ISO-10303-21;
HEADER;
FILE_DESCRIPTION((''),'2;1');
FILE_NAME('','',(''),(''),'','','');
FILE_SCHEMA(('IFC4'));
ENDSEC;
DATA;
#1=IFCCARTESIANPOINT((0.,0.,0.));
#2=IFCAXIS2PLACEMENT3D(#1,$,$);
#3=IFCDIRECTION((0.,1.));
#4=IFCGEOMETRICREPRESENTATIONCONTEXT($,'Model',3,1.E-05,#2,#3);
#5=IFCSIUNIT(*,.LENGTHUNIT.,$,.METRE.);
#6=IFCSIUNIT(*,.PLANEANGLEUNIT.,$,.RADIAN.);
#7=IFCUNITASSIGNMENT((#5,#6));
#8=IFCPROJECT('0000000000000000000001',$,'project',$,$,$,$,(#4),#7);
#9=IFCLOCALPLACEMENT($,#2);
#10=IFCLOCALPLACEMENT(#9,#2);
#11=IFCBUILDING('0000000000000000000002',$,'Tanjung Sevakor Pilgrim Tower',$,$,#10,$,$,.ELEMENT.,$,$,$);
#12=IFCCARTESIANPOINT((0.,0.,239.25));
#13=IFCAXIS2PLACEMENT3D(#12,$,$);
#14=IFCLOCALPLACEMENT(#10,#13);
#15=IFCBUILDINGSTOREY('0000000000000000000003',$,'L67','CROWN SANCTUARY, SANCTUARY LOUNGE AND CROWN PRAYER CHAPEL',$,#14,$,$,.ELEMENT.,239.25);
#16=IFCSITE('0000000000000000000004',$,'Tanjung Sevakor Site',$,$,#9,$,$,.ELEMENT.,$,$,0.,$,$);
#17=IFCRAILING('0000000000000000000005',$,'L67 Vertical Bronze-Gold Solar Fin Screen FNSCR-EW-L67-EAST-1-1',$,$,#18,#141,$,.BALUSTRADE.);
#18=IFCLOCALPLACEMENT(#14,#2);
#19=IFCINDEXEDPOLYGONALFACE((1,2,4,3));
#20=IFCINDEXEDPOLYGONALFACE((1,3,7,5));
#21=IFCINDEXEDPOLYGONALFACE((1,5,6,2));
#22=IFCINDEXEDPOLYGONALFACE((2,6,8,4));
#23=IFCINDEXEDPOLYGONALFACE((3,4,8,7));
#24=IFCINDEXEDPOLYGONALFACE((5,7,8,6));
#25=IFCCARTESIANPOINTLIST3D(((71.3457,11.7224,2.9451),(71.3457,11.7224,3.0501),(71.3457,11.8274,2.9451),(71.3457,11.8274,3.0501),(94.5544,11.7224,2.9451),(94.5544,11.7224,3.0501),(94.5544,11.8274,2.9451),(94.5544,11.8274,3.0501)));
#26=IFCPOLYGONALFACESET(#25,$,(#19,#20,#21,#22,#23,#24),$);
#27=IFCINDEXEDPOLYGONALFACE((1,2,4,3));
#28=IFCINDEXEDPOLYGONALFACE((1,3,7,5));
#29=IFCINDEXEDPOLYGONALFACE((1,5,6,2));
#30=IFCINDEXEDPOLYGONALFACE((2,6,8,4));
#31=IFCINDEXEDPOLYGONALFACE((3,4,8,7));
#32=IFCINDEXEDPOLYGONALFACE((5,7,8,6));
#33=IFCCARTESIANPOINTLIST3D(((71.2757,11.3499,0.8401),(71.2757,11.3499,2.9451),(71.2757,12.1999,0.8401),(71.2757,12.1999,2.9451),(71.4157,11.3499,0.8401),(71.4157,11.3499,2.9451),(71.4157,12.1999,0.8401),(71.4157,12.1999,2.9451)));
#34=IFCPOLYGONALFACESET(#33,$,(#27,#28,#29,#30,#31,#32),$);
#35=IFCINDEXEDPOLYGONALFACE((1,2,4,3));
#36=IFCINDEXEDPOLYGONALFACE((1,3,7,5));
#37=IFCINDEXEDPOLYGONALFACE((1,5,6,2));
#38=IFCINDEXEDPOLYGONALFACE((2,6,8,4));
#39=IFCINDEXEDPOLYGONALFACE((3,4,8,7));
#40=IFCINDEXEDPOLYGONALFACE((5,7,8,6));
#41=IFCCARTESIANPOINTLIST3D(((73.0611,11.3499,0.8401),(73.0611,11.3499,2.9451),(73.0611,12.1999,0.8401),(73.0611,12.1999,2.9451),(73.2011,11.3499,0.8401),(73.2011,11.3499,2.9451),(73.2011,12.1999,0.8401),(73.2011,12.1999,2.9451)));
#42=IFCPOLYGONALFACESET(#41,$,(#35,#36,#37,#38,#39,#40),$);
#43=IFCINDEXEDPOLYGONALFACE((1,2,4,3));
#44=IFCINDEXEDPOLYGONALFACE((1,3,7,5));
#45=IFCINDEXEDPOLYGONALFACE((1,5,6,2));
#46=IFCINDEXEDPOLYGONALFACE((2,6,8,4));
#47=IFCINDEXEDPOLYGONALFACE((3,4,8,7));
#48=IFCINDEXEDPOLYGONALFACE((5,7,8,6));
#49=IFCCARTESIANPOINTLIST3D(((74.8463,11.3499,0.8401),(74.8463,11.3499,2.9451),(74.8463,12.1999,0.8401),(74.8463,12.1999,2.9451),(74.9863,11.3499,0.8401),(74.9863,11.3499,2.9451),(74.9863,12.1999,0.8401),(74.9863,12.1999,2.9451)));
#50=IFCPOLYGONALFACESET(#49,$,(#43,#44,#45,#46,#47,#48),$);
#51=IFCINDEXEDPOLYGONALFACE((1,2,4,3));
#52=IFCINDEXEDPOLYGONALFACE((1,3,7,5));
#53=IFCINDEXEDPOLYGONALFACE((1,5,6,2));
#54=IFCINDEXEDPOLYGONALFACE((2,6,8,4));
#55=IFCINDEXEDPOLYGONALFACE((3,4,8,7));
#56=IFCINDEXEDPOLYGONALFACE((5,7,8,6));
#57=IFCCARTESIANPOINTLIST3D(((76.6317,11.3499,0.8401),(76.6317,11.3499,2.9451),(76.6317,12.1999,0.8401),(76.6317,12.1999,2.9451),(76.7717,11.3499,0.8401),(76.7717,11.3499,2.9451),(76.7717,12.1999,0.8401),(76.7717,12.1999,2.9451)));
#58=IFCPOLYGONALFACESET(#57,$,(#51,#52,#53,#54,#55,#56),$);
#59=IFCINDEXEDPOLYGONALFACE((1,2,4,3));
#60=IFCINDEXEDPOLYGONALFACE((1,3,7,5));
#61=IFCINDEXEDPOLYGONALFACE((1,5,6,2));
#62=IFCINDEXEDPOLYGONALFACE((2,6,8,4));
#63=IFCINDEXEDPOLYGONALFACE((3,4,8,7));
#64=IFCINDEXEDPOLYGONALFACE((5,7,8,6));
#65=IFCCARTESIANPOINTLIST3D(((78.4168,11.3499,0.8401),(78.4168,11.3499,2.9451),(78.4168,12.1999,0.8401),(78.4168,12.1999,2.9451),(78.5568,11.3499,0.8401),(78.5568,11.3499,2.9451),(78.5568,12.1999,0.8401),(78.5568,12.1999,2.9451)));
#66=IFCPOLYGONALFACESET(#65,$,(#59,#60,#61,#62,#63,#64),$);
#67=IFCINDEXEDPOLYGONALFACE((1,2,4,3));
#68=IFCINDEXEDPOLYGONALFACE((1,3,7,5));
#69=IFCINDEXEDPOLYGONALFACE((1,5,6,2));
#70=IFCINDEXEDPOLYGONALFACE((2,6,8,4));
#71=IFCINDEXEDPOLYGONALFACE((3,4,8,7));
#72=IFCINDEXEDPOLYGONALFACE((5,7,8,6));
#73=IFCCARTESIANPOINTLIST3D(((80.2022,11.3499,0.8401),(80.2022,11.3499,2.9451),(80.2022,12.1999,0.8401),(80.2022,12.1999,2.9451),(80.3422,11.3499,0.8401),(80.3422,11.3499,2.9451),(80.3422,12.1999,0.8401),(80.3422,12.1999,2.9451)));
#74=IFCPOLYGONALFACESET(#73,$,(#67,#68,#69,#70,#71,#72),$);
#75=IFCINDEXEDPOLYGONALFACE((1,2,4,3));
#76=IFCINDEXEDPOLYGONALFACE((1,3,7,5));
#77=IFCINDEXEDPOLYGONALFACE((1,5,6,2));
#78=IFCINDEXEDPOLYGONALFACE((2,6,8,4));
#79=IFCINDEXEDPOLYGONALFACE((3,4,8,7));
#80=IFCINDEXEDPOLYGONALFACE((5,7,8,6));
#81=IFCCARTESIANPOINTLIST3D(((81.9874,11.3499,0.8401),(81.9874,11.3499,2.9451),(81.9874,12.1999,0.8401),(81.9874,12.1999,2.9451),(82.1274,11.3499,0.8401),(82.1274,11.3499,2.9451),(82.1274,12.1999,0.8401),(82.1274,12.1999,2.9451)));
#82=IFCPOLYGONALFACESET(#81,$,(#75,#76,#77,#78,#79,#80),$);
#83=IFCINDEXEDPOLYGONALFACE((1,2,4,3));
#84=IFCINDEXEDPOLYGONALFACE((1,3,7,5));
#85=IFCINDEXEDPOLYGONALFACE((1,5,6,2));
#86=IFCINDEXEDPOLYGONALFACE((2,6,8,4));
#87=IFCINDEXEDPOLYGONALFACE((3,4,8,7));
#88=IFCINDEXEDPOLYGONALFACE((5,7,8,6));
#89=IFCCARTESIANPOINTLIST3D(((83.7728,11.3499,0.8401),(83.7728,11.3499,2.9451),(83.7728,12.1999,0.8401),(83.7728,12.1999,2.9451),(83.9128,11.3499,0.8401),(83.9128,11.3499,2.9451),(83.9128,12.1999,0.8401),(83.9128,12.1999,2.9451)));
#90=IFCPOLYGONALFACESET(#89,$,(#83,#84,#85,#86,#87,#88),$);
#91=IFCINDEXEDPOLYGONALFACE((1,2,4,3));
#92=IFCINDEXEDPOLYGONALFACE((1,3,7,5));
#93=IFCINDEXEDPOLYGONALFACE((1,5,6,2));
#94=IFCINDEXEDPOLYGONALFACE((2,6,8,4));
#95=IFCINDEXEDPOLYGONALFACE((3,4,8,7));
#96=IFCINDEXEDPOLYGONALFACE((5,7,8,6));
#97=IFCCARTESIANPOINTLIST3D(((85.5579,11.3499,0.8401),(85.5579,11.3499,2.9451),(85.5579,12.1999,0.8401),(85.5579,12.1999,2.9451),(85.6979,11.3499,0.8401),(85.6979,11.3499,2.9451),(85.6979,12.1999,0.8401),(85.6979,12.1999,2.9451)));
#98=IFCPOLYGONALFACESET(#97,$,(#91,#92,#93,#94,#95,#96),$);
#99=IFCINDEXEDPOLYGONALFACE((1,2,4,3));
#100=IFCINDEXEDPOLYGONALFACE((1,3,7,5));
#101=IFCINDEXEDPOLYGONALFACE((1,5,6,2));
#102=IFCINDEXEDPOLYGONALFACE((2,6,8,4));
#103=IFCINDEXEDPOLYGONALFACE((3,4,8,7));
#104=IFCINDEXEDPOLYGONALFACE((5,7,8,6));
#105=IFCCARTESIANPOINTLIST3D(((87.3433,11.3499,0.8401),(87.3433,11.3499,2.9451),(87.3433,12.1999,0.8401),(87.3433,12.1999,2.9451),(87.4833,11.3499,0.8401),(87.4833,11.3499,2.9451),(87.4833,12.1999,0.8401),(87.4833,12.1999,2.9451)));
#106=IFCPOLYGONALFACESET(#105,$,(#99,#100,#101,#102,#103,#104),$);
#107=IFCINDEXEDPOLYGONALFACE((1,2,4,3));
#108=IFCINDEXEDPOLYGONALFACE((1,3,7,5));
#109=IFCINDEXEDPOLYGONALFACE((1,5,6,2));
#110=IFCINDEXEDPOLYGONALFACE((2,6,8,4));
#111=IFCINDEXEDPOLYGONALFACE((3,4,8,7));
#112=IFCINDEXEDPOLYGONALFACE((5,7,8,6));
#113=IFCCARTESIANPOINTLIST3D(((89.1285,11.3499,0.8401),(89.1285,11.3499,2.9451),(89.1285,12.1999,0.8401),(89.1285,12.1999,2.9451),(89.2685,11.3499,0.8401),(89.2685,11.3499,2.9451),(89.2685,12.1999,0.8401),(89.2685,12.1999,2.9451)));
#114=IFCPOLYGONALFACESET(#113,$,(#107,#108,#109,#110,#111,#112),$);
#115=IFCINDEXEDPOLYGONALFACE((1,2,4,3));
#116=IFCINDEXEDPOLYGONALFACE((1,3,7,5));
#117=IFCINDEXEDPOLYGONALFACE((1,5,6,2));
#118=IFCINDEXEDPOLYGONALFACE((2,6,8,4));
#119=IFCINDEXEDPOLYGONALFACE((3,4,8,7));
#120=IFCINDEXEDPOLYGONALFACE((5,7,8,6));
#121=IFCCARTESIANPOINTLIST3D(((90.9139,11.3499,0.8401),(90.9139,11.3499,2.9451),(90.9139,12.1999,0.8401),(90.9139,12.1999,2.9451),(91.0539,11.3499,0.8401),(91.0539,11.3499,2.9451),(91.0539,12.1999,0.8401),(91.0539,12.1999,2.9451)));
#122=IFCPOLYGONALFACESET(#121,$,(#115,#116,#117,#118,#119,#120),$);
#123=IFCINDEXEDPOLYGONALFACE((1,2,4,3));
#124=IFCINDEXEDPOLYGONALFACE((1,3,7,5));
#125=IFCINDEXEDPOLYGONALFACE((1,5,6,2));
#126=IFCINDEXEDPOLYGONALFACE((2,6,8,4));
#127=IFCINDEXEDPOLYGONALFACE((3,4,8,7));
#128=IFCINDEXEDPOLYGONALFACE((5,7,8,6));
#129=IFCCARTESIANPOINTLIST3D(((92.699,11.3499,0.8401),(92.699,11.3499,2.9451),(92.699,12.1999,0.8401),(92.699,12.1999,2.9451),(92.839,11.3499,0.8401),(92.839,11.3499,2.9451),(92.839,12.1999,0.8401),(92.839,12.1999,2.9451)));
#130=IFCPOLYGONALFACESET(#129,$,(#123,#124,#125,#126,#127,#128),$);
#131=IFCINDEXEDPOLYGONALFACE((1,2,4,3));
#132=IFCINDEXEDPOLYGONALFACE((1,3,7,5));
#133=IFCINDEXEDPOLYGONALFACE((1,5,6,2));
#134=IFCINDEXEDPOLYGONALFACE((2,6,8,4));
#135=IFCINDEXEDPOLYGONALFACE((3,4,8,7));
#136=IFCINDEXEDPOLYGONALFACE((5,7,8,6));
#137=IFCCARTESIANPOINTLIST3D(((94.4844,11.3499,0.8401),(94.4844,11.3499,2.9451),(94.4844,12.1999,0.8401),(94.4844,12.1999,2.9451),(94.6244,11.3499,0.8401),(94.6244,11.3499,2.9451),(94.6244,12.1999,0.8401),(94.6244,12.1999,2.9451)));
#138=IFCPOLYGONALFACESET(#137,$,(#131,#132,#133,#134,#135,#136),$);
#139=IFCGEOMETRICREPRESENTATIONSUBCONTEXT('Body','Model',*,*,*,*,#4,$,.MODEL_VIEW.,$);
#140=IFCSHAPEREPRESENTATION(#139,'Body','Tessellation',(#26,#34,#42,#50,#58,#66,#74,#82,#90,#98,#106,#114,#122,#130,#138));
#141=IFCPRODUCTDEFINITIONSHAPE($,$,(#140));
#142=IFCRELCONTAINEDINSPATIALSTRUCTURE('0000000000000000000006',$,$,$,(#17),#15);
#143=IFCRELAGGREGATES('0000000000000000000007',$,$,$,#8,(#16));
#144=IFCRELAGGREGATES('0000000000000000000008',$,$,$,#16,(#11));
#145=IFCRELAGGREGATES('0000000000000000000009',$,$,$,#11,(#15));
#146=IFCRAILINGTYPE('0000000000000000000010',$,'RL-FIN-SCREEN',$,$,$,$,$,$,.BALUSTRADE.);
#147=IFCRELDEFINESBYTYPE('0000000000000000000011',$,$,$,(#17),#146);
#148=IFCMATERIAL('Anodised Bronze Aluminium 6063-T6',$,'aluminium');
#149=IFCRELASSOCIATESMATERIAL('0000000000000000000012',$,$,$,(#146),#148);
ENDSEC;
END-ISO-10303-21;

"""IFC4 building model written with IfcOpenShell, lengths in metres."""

from ifc_helpers import new_model, si_unit, direction, frame, origin, place, context, subcontext, project, spatial, rectangle, extrude, material, type_object, element, save


model = new_model("IFC4")

# Units and contexts
model_context = context("Model", 3, precision=1e-05, world=origin(), true_north=direction((0.0, 1.0)))
body_context = subcontext(model_context, "Body", "Model", "MODEL_VIEW")
ifc_project = project(units=[si_unit("LENGTHUNIT", "METRE"), si_unit("PLANEANGLEUNIT", "RADIAN")], contexts=[model_context])

# Site, building, storey
site_placement = place(None, origin())
site = spatial("IfcSite", under=ifc_project, at=site_placement, Name="Tanjung Sevakor Site", CompositionType="ELEMENT", RefElevation=0.0)
building_placement = place(site_placement, origin())
building = spatial("IfcBuilding", under=site, at=building_placement, Name="Tanjung Sevakor Pilgrim Tower", CompositionType="ELEMENT")
storey_placement = place(building_placement, frame((0.0, 0.0, 239.25)))
storey = spatial("IfcBuildingStorey", under=building, at=storey_placement, Name="L67", Description="CROWN SANCTUARY, SANCTUARY LOUNGE AND CROWN PRAYER CHAPEL", CompositionType="ELEMENT", Elevation=239.25)

# Railing
ifc_material_1 = material(Name="Anodised Bronze Aluminium 6063-T6", Category="aluminium")
railing_type = type_object("IfcRailingType", Name="RL-FIN-SCREEN", PredefinedType="BALUSTRADE", material=ifc_material_1)
railing_placement = place(storey_placement, frame((71.3457, 11.7749, 0.8401)))
element("IfcRailing", 1, at=railing_placement, inside=storey, type_object=railing_type, Name="L67 Vertical Bronze-Gold Solar Fin Screen FNSCR-EW-L67-EAST-1-1", PredefinedType="BALUSTRADE", context=body_context, shape_type="SweptSolid", body=[
    extrude(rectangle(XDim=0.105, YDim=0.105), frame((0.0, 0.0, 2.1575), z_axis=(1.0, 0.0, 0.0), x_axis=(0.0, 1.0, 0.0)), (0.0, 0.0, 1.0), 23.2087),
    extrude(rectangle(XDim=0.14, YDim=0.85), origin(), (0.0, 0.0, 1.0), 2.105),
    extrude(rectangle(XDim=0.14, YDim=0.85), frame((1.7854, 0.0, 0.0)), (0.0, 0.0, 1.0), 2.105),
    extrude(rectangle(XDim=0.14, YDim=0.85), frame((3.5706, 0.0, 0.0)), (0.0, 0.0, 1.0), 2.105),
    extrude(rectangle(XDim=0.14, YDim=0.85), frame((5.356, 0.0, 0.0)), (0.0, 0.0, 1.0), 2.105),
    extrude(rectangle(XDim=0.14, YDim=0.85), frame((7.1411, 0.0, 0.0)), (0.0, 0.0, 1.0), 2.105),
    extrude(rectangle(XDim=0.14, YDim=0.85), frame((8.9265, 0.0, 0.0)), (0.0, 0.0, 1.0), 2.105),
    extrude(rectangle(XDim=0.14, YDim=0.85), frame((10.7117, 0.0, 0.0)), (0.0, 0.0, 1.0), 2.105),
    extrude(rectangle(XDim=0.14, YDim=0.85), frame((12.4971, 0.0, 0.0)), (0.0, 0.0, 1.0), 2.105),
    extrude(rectangle(XDim=0.14, YDim=0.85), frame((14.2822, 0.0, 0.0)), (0.0, 0.0, 1.0), 2.105),
    extrude(rectangle(XDim=0.14, YDim=0.85), frame((16.0676, 0.0, 0.0)), (0.0, 0.0, 1.0), 2.105),
    extrude(rectangle(XDim=0.14, YDim=0.85), frame((17.8528, 0.0, 0.0)), (0.0, 0.0, 1.0), 2.105),
    extrude(rectangle(XDim=0.14, YDim=0.85), frame((19.6382, 0.0, 0.0)), (0.0, 0.0, 1.0), 2.105),
    extrude(rectangle(XDim=0.14, YDim=0.85), frame((21.4233, 0.0, 0.0)), (0.0, 0.0, 1.0), 2.105),
    extrude(rectangle(XDim=0.14, YDim=0.85), frame((23.2087, 0.0, 0.0)), (0.0, 0.0, 1.0), 2.105),
])

save(model, "model.ifc")
